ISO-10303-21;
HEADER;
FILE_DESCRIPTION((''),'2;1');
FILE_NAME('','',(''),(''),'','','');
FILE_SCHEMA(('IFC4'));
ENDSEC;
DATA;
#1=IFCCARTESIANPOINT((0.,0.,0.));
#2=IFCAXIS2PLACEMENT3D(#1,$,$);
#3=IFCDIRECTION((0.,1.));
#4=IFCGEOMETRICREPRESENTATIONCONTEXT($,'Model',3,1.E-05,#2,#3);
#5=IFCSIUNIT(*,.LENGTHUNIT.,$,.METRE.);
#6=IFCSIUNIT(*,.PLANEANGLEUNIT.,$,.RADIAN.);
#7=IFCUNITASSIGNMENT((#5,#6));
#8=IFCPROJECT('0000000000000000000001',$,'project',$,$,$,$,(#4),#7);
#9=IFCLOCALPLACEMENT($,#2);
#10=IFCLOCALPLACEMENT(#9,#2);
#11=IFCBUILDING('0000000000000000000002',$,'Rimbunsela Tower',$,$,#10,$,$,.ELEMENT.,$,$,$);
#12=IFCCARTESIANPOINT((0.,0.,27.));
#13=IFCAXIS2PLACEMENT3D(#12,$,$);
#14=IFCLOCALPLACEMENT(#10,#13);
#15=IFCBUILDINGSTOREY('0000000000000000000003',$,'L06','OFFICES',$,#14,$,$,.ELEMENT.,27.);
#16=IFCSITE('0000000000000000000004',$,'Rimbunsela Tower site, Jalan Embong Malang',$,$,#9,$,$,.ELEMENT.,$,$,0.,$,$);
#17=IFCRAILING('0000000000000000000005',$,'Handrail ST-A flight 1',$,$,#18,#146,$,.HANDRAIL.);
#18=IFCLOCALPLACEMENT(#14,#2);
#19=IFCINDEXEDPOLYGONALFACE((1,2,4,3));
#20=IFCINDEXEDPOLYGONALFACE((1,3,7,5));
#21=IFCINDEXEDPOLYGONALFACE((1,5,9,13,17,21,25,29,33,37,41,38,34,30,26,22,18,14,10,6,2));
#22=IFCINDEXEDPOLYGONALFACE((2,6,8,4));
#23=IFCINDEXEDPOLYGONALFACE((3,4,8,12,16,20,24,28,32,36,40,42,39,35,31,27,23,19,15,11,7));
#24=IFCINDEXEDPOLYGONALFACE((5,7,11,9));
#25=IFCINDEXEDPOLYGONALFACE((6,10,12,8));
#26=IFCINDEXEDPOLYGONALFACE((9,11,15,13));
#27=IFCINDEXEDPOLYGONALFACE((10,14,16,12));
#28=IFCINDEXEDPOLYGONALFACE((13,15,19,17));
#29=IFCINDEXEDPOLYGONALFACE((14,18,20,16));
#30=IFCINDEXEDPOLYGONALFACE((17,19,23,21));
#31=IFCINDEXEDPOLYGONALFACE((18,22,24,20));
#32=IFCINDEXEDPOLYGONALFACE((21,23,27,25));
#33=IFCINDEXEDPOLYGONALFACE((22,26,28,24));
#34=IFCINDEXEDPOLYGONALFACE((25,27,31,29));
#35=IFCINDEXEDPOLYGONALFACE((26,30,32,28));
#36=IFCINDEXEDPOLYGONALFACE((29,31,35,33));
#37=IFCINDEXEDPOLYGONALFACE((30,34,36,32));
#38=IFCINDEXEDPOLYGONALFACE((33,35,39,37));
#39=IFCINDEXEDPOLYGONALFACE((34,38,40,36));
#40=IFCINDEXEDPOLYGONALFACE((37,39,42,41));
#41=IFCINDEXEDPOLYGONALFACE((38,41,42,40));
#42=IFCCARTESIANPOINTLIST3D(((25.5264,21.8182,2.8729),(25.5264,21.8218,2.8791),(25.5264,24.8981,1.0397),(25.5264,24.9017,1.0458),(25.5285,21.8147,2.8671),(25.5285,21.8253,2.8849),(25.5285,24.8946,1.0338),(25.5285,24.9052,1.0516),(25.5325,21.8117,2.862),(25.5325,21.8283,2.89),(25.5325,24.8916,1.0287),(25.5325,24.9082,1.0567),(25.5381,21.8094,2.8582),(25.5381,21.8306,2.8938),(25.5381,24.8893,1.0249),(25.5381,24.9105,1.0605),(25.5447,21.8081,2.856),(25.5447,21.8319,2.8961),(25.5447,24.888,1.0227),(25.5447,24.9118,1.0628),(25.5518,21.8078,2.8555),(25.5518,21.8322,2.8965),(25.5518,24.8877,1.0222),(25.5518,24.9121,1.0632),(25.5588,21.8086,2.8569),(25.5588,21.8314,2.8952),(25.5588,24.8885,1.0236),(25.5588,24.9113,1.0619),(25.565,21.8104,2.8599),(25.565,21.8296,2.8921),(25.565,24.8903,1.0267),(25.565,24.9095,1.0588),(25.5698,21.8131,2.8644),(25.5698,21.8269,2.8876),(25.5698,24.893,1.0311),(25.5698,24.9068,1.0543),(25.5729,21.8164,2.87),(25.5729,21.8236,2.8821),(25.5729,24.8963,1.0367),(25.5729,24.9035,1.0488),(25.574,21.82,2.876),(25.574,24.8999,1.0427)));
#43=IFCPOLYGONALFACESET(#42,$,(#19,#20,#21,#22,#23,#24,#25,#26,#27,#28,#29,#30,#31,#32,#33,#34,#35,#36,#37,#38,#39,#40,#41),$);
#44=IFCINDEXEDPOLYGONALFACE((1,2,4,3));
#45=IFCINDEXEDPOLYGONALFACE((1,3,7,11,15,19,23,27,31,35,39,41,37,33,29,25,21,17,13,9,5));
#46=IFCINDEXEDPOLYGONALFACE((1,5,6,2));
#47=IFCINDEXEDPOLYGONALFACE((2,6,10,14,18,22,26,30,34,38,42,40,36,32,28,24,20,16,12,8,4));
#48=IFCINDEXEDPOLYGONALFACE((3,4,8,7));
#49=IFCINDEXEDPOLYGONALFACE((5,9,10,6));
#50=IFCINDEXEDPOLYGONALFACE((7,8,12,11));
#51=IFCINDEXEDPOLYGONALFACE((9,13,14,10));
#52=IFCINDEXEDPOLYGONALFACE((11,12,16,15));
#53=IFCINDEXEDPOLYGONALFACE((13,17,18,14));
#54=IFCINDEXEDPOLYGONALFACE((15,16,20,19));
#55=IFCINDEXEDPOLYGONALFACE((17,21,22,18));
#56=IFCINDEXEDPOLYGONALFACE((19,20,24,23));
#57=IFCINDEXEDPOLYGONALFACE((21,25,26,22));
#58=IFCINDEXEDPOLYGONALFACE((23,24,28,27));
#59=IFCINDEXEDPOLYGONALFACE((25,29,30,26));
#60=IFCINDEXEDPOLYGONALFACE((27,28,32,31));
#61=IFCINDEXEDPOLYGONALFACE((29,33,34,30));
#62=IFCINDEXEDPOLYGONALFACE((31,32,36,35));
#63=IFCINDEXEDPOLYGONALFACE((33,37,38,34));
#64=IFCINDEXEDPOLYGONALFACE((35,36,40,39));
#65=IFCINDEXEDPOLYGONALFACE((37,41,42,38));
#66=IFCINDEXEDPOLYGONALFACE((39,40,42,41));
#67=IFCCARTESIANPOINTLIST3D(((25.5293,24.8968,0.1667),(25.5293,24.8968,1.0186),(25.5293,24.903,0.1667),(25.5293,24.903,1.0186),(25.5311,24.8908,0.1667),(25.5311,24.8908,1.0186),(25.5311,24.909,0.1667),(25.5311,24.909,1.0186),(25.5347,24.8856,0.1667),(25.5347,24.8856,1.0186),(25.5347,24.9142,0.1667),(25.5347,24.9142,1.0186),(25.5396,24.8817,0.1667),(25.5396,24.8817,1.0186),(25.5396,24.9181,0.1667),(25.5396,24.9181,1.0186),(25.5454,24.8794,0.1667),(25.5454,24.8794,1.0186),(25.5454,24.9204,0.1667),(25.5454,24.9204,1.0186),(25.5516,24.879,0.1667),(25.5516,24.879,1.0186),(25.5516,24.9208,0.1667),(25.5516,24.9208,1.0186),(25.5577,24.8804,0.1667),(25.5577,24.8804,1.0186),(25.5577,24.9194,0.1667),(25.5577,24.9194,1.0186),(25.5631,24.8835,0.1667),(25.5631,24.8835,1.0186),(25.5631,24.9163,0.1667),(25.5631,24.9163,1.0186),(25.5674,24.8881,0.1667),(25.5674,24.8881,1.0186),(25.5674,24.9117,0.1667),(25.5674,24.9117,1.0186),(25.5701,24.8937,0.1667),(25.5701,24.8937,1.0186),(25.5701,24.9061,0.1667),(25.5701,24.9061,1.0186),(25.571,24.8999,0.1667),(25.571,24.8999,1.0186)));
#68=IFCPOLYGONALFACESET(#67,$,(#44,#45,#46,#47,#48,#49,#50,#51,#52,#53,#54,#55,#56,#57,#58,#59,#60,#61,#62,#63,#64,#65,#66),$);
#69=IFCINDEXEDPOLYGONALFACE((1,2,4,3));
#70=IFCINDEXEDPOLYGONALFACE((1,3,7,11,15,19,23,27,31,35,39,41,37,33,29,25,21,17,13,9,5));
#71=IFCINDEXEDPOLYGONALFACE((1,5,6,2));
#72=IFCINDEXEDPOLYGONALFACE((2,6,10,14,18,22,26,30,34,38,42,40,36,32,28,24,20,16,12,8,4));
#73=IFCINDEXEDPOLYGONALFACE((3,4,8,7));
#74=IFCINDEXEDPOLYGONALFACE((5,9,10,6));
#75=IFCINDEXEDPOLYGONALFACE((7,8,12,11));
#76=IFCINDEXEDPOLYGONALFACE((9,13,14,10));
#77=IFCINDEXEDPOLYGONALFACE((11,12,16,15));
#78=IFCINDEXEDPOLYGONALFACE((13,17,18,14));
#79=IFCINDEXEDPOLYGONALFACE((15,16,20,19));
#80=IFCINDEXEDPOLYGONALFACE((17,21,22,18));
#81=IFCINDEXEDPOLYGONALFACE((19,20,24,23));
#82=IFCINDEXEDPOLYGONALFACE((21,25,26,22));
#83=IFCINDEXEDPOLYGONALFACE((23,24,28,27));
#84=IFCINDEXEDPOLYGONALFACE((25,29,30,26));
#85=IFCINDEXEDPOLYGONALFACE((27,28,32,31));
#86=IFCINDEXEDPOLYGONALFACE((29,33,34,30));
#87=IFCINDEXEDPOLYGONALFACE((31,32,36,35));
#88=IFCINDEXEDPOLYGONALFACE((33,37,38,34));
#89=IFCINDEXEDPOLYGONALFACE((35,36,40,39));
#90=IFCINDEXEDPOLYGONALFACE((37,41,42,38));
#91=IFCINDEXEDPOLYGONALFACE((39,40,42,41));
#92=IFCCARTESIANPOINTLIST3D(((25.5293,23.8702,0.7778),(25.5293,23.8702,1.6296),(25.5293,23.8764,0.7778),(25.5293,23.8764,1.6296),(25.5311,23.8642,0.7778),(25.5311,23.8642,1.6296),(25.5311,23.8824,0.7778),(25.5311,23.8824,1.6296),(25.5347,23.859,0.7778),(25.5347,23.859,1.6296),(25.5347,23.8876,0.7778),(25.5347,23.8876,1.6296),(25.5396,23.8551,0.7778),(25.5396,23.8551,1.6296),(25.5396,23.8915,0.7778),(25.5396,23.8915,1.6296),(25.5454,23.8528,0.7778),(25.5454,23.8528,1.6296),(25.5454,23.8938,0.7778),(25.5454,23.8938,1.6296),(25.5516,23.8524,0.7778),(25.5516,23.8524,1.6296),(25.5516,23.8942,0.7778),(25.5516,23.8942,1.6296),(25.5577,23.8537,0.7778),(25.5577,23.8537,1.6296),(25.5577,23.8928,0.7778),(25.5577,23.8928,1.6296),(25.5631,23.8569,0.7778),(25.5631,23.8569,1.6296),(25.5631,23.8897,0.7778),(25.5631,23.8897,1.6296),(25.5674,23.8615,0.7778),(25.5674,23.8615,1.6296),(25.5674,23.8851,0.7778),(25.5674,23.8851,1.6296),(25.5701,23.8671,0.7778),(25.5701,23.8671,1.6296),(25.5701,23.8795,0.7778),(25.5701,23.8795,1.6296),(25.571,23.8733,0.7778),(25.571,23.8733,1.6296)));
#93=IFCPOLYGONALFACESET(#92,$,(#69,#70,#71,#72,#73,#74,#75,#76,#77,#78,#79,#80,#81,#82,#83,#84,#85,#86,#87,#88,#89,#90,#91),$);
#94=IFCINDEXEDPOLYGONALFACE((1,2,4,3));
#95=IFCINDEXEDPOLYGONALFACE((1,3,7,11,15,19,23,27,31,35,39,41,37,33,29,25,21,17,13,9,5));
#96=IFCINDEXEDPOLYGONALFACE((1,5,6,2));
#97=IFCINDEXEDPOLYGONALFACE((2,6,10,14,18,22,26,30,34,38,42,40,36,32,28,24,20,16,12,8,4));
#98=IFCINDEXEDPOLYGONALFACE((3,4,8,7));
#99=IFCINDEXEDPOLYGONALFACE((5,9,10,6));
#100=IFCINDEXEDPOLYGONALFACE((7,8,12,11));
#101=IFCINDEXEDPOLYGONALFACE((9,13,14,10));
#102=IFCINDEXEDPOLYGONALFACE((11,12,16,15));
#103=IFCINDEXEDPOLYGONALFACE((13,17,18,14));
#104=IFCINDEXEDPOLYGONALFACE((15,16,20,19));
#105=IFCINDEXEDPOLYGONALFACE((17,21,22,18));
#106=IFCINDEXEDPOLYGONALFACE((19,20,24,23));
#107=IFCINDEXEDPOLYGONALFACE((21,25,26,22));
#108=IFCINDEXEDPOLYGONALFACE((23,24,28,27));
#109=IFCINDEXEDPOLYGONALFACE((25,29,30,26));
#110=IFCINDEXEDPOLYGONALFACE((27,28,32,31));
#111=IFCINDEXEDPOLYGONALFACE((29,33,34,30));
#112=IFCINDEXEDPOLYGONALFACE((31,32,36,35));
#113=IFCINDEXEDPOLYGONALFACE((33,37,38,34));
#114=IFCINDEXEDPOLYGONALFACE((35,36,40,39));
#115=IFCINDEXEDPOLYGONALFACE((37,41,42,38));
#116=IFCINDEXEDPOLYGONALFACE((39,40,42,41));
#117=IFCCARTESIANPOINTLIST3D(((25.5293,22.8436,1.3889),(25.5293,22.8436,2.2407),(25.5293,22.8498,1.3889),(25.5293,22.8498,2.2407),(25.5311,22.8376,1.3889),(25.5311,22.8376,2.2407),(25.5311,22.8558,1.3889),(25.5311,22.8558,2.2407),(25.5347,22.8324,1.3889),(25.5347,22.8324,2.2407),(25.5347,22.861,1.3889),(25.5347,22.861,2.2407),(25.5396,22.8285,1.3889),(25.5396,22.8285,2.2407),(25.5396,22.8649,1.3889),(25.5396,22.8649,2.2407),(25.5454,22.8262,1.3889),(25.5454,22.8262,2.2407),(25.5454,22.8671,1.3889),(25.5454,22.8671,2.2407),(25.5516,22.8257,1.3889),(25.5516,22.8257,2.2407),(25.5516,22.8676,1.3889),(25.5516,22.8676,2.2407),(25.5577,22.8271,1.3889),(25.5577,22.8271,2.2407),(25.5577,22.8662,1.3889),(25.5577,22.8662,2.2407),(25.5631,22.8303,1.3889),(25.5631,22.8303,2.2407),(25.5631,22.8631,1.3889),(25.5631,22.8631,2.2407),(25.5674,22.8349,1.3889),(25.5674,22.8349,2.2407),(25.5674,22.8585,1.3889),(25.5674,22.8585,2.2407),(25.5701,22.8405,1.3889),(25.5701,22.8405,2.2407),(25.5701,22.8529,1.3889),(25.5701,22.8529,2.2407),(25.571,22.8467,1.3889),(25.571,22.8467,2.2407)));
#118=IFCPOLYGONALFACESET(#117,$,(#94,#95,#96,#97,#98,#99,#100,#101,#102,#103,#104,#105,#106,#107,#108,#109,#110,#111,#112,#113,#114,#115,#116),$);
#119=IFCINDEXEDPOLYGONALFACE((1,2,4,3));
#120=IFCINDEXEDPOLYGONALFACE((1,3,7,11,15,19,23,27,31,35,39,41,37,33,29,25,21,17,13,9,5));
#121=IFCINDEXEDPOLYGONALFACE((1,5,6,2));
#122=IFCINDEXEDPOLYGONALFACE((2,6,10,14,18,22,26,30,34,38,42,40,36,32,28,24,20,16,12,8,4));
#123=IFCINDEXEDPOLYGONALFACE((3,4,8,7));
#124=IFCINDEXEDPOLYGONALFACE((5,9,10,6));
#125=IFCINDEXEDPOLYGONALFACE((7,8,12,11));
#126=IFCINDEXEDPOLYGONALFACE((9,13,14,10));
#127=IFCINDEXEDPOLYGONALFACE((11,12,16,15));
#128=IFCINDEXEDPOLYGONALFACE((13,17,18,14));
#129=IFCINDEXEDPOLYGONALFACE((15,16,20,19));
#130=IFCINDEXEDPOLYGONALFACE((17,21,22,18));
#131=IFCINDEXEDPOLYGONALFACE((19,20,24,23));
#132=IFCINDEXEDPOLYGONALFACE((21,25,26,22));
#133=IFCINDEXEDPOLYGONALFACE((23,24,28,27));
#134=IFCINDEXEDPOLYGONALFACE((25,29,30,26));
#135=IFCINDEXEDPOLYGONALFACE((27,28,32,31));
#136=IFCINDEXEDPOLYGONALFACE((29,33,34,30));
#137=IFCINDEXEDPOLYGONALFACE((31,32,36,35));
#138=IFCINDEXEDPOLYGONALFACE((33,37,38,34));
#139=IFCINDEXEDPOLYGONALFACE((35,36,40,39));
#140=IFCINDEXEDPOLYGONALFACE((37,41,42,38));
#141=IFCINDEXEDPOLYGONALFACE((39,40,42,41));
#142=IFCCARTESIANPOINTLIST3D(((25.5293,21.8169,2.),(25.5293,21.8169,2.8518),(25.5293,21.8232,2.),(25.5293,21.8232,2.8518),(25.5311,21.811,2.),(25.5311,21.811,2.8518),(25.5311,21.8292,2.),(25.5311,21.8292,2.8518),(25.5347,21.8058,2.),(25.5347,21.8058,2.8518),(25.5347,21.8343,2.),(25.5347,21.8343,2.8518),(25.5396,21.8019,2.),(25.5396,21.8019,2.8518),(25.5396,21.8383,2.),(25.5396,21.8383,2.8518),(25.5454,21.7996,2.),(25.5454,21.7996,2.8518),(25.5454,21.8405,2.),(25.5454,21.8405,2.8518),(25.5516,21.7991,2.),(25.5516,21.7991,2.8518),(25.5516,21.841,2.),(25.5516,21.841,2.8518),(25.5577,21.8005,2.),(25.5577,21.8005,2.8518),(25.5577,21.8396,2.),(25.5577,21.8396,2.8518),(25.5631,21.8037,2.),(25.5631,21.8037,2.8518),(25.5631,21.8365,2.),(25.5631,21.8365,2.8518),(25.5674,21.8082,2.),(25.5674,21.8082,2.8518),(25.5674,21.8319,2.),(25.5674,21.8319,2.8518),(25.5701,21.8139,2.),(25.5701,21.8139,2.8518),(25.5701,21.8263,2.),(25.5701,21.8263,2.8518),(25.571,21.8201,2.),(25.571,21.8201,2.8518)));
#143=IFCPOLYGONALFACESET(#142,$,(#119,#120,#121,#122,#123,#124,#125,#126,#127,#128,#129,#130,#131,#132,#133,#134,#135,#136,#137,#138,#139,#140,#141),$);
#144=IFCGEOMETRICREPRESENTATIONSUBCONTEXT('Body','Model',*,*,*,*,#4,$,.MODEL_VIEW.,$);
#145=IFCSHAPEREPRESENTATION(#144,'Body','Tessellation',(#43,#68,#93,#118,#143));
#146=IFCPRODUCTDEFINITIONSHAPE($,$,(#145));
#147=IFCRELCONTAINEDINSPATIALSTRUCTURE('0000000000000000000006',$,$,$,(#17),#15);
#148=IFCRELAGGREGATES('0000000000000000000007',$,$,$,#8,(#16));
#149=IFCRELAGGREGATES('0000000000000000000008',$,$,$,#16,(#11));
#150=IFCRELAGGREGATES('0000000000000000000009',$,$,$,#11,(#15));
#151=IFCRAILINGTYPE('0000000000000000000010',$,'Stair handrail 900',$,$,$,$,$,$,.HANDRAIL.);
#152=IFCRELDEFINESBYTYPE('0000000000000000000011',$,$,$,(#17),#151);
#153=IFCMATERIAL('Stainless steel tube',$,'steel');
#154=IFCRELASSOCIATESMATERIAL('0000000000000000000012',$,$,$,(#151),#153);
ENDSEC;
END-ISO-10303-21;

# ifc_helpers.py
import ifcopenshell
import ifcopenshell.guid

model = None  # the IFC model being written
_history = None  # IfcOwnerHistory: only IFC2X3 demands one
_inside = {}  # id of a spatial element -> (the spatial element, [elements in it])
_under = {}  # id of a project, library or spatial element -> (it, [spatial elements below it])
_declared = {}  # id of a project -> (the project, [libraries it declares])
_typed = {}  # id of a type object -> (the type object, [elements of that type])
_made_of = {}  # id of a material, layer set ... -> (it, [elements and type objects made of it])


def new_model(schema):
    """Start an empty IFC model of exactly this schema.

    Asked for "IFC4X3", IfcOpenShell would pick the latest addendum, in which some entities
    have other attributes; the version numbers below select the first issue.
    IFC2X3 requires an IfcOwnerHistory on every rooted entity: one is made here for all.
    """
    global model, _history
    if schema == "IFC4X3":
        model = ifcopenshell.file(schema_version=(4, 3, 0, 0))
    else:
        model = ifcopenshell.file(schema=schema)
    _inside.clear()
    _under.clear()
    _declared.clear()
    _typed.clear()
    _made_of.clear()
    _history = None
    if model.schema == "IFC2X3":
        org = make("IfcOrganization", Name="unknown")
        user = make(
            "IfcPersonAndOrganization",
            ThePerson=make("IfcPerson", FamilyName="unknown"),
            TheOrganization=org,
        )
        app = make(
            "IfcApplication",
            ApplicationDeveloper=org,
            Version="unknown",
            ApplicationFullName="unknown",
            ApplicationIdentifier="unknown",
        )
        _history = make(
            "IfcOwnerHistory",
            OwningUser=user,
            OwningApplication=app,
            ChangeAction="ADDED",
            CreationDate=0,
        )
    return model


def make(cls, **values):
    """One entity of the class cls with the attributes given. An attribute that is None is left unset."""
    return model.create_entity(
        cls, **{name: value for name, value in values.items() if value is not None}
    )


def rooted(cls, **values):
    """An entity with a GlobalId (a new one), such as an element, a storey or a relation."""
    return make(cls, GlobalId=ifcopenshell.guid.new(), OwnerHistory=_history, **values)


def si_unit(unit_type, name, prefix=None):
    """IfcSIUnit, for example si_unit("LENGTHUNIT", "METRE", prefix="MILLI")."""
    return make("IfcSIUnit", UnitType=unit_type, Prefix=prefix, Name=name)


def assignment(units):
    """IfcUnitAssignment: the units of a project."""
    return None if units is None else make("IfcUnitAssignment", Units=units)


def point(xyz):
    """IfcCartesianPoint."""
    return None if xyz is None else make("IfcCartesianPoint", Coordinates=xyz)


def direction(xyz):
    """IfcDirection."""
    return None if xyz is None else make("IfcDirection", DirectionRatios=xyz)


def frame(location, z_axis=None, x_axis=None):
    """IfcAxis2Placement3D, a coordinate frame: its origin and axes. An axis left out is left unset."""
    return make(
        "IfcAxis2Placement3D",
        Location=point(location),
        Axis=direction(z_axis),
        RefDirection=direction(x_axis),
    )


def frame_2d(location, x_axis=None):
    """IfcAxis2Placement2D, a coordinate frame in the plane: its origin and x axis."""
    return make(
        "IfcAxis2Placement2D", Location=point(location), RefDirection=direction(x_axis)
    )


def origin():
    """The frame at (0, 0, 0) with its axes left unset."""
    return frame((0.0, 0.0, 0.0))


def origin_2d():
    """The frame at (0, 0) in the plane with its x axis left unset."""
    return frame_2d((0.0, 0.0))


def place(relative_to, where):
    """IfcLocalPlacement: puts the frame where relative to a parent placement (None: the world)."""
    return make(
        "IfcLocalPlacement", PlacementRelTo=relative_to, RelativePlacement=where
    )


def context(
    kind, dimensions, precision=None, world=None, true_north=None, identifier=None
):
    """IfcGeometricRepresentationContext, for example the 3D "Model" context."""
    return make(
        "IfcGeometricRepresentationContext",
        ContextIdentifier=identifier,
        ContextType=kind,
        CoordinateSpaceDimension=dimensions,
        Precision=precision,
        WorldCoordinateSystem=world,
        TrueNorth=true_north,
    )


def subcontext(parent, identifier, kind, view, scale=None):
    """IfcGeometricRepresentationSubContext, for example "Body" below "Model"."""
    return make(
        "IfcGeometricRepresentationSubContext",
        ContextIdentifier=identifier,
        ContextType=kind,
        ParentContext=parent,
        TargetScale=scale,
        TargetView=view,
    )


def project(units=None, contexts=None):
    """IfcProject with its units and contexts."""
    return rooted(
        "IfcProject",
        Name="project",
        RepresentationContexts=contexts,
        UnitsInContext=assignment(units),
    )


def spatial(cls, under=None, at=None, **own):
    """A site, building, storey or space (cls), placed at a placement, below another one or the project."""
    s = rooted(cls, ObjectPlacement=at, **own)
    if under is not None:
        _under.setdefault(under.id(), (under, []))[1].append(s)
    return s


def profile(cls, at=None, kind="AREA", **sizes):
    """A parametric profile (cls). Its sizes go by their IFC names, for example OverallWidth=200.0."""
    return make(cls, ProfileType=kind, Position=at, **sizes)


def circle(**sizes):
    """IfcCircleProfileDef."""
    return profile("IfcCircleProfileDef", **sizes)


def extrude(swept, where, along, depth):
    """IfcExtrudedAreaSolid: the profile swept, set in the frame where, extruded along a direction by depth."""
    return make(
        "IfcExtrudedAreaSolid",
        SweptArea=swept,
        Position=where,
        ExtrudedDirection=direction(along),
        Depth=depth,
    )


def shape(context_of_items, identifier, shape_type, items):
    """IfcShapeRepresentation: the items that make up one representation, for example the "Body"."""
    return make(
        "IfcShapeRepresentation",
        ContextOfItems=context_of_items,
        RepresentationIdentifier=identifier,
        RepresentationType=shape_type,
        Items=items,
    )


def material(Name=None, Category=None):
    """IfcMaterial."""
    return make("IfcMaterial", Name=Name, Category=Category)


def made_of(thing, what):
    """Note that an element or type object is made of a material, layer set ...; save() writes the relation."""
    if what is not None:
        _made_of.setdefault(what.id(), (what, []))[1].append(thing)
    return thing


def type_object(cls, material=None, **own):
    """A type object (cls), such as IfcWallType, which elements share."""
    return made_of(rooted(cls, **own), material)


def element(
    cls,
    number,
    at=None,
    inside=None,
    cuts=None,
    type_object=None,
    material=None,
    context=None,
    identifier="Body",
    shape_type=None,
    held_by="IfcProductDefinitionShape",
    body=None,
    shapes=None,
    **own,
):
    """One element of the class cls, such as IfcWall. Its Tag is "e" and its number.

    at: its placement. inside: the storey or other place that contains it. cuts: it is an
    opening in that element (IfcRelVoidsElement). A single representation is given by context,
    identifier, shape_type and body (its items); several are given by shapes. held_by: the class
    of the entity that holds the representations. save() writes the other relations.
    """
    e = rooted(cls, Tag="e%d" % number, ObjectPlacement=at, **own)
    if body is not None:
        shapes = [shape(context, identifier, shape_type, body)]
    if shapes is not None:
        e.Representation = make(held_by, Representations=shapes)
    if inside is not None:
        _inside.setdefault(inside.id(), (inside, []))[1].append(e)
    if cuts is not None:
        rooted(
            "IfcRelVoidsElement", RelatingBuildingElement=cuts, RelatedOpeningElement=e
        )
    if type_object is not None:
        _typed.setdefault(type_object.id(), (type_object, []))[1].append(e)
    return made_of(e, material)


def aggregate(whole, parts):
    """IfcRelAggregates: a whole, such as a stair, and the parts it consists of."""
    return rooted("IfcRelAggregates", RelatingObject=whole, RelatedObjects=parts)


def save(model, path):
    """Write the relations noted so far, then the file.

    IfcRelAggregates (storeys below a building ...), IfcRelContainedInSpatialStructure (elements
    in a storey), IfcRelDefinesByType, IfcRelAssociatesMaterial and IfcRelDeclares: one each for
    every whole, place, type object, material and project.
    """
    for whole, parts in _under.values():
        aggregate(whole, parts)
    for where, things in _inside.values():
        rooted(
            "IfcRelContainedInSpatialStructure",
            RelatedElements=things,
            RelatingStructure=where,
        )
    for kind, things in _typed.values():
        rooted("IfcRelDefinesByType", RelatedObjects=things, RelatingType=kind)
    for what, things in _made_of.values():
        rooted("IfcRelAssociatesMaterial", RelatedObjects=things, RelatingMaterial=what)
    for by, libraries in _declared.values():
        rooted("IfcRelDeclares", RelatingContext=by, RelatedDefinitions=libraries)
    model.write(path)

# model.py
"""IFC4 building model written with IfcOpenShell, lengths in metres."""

from ifc_helpers import new_model, si_unit, direction, frame, origin, origin_2d, place, context, subcontext, project, spatial, circle, extrude, material, type_object, element, save


model = new_model("IFC4")

# Units and contexts
model_context = context("Model", 3, precision=1e-05, world=origin(), true_north=direction((0.0, 1.0)))
body_context = subcontext(model_context, "Body", "Model", "MODEL_VIEW")
ifc_project = project(units=[si_unit("LENGTHUNIT", "METRE"), si_unit("PLANEANGLEUNIT", "RADIAN")], contexts=[model_context])

# Site, building, storey
site_placement = place(None, origin())
site = spatial("IfcSite", under=ifc_project, at=site_placement, Name="Rimbunsela Tower site, Jalan Embong Malang", CompositionType="ELEMENT", RefElevation=0.0)
building_placement = place(site_placement, origin())
building = spatial("IfcBuilding", under=site, at=building_placement, Name="Rimbunsela Tower", CompositionType="ELEMENT")
storey_placement = place(building_placement, frame((0.0, 0.0, 27.0)))
storey = spatial("IfcBuildingStorey", under=building, at=storey_placement, Name="L06", Description="OFFICES", CompositionType="ELEMENT", Elevation=27.0)

# Railing
ifc_material_1 = material(Name="Stainless steel tube", Category="steel")
railing_type = type_object("IfcRailingType", Name="Stair handrail 900", PredefinedType="HANDRAIL", material=ifc_material_1)
railing_1_placement = place(storey_placement, frame((25.55, 24.8999, 0.1667)))
element("IfcRailing", 1, at=railing_1_placement, inside=storey, type_object=railing_type, Name="Handrail ST-A flight 1", PredefinedType="HANDRAIL", context=body_context, shape_type="SweptSolid", body=[
    extrude(circle(Radius=0.0239, at=origin_2d()), frame((0.0, 0.0, 0.876), z_axis=(0.0, -0.859291, 0.511487), x_axis=(1.0, 0.0, 0.0)), (0.0, 0.0, 1.0), 3.5842),
    extrude(circle(Radius=0.021, at=origin_2d()), origin(), (0.0, 0.0, 1.0), 0.8518),
    extrude(circle(Radius=0.021, at=origin_2d()), frame((0.0, -1.0266, 0.6111)), (0.0, 0.0, 1.0), 0.8518),
    extrude(circle(Radius=0.021, at=origin_2d()), frame((0.0, -2.0532, 1.2222)), (0.0, 0.0, 1.0), 0.8518),
    extrude(circle(Radius=0.021, at=origin_2d()), frame((0.0, -3.0798, 1.8333)), (0.0, 0.0, 1.0), 0.8518),
])

save(model, "model.ifc")
